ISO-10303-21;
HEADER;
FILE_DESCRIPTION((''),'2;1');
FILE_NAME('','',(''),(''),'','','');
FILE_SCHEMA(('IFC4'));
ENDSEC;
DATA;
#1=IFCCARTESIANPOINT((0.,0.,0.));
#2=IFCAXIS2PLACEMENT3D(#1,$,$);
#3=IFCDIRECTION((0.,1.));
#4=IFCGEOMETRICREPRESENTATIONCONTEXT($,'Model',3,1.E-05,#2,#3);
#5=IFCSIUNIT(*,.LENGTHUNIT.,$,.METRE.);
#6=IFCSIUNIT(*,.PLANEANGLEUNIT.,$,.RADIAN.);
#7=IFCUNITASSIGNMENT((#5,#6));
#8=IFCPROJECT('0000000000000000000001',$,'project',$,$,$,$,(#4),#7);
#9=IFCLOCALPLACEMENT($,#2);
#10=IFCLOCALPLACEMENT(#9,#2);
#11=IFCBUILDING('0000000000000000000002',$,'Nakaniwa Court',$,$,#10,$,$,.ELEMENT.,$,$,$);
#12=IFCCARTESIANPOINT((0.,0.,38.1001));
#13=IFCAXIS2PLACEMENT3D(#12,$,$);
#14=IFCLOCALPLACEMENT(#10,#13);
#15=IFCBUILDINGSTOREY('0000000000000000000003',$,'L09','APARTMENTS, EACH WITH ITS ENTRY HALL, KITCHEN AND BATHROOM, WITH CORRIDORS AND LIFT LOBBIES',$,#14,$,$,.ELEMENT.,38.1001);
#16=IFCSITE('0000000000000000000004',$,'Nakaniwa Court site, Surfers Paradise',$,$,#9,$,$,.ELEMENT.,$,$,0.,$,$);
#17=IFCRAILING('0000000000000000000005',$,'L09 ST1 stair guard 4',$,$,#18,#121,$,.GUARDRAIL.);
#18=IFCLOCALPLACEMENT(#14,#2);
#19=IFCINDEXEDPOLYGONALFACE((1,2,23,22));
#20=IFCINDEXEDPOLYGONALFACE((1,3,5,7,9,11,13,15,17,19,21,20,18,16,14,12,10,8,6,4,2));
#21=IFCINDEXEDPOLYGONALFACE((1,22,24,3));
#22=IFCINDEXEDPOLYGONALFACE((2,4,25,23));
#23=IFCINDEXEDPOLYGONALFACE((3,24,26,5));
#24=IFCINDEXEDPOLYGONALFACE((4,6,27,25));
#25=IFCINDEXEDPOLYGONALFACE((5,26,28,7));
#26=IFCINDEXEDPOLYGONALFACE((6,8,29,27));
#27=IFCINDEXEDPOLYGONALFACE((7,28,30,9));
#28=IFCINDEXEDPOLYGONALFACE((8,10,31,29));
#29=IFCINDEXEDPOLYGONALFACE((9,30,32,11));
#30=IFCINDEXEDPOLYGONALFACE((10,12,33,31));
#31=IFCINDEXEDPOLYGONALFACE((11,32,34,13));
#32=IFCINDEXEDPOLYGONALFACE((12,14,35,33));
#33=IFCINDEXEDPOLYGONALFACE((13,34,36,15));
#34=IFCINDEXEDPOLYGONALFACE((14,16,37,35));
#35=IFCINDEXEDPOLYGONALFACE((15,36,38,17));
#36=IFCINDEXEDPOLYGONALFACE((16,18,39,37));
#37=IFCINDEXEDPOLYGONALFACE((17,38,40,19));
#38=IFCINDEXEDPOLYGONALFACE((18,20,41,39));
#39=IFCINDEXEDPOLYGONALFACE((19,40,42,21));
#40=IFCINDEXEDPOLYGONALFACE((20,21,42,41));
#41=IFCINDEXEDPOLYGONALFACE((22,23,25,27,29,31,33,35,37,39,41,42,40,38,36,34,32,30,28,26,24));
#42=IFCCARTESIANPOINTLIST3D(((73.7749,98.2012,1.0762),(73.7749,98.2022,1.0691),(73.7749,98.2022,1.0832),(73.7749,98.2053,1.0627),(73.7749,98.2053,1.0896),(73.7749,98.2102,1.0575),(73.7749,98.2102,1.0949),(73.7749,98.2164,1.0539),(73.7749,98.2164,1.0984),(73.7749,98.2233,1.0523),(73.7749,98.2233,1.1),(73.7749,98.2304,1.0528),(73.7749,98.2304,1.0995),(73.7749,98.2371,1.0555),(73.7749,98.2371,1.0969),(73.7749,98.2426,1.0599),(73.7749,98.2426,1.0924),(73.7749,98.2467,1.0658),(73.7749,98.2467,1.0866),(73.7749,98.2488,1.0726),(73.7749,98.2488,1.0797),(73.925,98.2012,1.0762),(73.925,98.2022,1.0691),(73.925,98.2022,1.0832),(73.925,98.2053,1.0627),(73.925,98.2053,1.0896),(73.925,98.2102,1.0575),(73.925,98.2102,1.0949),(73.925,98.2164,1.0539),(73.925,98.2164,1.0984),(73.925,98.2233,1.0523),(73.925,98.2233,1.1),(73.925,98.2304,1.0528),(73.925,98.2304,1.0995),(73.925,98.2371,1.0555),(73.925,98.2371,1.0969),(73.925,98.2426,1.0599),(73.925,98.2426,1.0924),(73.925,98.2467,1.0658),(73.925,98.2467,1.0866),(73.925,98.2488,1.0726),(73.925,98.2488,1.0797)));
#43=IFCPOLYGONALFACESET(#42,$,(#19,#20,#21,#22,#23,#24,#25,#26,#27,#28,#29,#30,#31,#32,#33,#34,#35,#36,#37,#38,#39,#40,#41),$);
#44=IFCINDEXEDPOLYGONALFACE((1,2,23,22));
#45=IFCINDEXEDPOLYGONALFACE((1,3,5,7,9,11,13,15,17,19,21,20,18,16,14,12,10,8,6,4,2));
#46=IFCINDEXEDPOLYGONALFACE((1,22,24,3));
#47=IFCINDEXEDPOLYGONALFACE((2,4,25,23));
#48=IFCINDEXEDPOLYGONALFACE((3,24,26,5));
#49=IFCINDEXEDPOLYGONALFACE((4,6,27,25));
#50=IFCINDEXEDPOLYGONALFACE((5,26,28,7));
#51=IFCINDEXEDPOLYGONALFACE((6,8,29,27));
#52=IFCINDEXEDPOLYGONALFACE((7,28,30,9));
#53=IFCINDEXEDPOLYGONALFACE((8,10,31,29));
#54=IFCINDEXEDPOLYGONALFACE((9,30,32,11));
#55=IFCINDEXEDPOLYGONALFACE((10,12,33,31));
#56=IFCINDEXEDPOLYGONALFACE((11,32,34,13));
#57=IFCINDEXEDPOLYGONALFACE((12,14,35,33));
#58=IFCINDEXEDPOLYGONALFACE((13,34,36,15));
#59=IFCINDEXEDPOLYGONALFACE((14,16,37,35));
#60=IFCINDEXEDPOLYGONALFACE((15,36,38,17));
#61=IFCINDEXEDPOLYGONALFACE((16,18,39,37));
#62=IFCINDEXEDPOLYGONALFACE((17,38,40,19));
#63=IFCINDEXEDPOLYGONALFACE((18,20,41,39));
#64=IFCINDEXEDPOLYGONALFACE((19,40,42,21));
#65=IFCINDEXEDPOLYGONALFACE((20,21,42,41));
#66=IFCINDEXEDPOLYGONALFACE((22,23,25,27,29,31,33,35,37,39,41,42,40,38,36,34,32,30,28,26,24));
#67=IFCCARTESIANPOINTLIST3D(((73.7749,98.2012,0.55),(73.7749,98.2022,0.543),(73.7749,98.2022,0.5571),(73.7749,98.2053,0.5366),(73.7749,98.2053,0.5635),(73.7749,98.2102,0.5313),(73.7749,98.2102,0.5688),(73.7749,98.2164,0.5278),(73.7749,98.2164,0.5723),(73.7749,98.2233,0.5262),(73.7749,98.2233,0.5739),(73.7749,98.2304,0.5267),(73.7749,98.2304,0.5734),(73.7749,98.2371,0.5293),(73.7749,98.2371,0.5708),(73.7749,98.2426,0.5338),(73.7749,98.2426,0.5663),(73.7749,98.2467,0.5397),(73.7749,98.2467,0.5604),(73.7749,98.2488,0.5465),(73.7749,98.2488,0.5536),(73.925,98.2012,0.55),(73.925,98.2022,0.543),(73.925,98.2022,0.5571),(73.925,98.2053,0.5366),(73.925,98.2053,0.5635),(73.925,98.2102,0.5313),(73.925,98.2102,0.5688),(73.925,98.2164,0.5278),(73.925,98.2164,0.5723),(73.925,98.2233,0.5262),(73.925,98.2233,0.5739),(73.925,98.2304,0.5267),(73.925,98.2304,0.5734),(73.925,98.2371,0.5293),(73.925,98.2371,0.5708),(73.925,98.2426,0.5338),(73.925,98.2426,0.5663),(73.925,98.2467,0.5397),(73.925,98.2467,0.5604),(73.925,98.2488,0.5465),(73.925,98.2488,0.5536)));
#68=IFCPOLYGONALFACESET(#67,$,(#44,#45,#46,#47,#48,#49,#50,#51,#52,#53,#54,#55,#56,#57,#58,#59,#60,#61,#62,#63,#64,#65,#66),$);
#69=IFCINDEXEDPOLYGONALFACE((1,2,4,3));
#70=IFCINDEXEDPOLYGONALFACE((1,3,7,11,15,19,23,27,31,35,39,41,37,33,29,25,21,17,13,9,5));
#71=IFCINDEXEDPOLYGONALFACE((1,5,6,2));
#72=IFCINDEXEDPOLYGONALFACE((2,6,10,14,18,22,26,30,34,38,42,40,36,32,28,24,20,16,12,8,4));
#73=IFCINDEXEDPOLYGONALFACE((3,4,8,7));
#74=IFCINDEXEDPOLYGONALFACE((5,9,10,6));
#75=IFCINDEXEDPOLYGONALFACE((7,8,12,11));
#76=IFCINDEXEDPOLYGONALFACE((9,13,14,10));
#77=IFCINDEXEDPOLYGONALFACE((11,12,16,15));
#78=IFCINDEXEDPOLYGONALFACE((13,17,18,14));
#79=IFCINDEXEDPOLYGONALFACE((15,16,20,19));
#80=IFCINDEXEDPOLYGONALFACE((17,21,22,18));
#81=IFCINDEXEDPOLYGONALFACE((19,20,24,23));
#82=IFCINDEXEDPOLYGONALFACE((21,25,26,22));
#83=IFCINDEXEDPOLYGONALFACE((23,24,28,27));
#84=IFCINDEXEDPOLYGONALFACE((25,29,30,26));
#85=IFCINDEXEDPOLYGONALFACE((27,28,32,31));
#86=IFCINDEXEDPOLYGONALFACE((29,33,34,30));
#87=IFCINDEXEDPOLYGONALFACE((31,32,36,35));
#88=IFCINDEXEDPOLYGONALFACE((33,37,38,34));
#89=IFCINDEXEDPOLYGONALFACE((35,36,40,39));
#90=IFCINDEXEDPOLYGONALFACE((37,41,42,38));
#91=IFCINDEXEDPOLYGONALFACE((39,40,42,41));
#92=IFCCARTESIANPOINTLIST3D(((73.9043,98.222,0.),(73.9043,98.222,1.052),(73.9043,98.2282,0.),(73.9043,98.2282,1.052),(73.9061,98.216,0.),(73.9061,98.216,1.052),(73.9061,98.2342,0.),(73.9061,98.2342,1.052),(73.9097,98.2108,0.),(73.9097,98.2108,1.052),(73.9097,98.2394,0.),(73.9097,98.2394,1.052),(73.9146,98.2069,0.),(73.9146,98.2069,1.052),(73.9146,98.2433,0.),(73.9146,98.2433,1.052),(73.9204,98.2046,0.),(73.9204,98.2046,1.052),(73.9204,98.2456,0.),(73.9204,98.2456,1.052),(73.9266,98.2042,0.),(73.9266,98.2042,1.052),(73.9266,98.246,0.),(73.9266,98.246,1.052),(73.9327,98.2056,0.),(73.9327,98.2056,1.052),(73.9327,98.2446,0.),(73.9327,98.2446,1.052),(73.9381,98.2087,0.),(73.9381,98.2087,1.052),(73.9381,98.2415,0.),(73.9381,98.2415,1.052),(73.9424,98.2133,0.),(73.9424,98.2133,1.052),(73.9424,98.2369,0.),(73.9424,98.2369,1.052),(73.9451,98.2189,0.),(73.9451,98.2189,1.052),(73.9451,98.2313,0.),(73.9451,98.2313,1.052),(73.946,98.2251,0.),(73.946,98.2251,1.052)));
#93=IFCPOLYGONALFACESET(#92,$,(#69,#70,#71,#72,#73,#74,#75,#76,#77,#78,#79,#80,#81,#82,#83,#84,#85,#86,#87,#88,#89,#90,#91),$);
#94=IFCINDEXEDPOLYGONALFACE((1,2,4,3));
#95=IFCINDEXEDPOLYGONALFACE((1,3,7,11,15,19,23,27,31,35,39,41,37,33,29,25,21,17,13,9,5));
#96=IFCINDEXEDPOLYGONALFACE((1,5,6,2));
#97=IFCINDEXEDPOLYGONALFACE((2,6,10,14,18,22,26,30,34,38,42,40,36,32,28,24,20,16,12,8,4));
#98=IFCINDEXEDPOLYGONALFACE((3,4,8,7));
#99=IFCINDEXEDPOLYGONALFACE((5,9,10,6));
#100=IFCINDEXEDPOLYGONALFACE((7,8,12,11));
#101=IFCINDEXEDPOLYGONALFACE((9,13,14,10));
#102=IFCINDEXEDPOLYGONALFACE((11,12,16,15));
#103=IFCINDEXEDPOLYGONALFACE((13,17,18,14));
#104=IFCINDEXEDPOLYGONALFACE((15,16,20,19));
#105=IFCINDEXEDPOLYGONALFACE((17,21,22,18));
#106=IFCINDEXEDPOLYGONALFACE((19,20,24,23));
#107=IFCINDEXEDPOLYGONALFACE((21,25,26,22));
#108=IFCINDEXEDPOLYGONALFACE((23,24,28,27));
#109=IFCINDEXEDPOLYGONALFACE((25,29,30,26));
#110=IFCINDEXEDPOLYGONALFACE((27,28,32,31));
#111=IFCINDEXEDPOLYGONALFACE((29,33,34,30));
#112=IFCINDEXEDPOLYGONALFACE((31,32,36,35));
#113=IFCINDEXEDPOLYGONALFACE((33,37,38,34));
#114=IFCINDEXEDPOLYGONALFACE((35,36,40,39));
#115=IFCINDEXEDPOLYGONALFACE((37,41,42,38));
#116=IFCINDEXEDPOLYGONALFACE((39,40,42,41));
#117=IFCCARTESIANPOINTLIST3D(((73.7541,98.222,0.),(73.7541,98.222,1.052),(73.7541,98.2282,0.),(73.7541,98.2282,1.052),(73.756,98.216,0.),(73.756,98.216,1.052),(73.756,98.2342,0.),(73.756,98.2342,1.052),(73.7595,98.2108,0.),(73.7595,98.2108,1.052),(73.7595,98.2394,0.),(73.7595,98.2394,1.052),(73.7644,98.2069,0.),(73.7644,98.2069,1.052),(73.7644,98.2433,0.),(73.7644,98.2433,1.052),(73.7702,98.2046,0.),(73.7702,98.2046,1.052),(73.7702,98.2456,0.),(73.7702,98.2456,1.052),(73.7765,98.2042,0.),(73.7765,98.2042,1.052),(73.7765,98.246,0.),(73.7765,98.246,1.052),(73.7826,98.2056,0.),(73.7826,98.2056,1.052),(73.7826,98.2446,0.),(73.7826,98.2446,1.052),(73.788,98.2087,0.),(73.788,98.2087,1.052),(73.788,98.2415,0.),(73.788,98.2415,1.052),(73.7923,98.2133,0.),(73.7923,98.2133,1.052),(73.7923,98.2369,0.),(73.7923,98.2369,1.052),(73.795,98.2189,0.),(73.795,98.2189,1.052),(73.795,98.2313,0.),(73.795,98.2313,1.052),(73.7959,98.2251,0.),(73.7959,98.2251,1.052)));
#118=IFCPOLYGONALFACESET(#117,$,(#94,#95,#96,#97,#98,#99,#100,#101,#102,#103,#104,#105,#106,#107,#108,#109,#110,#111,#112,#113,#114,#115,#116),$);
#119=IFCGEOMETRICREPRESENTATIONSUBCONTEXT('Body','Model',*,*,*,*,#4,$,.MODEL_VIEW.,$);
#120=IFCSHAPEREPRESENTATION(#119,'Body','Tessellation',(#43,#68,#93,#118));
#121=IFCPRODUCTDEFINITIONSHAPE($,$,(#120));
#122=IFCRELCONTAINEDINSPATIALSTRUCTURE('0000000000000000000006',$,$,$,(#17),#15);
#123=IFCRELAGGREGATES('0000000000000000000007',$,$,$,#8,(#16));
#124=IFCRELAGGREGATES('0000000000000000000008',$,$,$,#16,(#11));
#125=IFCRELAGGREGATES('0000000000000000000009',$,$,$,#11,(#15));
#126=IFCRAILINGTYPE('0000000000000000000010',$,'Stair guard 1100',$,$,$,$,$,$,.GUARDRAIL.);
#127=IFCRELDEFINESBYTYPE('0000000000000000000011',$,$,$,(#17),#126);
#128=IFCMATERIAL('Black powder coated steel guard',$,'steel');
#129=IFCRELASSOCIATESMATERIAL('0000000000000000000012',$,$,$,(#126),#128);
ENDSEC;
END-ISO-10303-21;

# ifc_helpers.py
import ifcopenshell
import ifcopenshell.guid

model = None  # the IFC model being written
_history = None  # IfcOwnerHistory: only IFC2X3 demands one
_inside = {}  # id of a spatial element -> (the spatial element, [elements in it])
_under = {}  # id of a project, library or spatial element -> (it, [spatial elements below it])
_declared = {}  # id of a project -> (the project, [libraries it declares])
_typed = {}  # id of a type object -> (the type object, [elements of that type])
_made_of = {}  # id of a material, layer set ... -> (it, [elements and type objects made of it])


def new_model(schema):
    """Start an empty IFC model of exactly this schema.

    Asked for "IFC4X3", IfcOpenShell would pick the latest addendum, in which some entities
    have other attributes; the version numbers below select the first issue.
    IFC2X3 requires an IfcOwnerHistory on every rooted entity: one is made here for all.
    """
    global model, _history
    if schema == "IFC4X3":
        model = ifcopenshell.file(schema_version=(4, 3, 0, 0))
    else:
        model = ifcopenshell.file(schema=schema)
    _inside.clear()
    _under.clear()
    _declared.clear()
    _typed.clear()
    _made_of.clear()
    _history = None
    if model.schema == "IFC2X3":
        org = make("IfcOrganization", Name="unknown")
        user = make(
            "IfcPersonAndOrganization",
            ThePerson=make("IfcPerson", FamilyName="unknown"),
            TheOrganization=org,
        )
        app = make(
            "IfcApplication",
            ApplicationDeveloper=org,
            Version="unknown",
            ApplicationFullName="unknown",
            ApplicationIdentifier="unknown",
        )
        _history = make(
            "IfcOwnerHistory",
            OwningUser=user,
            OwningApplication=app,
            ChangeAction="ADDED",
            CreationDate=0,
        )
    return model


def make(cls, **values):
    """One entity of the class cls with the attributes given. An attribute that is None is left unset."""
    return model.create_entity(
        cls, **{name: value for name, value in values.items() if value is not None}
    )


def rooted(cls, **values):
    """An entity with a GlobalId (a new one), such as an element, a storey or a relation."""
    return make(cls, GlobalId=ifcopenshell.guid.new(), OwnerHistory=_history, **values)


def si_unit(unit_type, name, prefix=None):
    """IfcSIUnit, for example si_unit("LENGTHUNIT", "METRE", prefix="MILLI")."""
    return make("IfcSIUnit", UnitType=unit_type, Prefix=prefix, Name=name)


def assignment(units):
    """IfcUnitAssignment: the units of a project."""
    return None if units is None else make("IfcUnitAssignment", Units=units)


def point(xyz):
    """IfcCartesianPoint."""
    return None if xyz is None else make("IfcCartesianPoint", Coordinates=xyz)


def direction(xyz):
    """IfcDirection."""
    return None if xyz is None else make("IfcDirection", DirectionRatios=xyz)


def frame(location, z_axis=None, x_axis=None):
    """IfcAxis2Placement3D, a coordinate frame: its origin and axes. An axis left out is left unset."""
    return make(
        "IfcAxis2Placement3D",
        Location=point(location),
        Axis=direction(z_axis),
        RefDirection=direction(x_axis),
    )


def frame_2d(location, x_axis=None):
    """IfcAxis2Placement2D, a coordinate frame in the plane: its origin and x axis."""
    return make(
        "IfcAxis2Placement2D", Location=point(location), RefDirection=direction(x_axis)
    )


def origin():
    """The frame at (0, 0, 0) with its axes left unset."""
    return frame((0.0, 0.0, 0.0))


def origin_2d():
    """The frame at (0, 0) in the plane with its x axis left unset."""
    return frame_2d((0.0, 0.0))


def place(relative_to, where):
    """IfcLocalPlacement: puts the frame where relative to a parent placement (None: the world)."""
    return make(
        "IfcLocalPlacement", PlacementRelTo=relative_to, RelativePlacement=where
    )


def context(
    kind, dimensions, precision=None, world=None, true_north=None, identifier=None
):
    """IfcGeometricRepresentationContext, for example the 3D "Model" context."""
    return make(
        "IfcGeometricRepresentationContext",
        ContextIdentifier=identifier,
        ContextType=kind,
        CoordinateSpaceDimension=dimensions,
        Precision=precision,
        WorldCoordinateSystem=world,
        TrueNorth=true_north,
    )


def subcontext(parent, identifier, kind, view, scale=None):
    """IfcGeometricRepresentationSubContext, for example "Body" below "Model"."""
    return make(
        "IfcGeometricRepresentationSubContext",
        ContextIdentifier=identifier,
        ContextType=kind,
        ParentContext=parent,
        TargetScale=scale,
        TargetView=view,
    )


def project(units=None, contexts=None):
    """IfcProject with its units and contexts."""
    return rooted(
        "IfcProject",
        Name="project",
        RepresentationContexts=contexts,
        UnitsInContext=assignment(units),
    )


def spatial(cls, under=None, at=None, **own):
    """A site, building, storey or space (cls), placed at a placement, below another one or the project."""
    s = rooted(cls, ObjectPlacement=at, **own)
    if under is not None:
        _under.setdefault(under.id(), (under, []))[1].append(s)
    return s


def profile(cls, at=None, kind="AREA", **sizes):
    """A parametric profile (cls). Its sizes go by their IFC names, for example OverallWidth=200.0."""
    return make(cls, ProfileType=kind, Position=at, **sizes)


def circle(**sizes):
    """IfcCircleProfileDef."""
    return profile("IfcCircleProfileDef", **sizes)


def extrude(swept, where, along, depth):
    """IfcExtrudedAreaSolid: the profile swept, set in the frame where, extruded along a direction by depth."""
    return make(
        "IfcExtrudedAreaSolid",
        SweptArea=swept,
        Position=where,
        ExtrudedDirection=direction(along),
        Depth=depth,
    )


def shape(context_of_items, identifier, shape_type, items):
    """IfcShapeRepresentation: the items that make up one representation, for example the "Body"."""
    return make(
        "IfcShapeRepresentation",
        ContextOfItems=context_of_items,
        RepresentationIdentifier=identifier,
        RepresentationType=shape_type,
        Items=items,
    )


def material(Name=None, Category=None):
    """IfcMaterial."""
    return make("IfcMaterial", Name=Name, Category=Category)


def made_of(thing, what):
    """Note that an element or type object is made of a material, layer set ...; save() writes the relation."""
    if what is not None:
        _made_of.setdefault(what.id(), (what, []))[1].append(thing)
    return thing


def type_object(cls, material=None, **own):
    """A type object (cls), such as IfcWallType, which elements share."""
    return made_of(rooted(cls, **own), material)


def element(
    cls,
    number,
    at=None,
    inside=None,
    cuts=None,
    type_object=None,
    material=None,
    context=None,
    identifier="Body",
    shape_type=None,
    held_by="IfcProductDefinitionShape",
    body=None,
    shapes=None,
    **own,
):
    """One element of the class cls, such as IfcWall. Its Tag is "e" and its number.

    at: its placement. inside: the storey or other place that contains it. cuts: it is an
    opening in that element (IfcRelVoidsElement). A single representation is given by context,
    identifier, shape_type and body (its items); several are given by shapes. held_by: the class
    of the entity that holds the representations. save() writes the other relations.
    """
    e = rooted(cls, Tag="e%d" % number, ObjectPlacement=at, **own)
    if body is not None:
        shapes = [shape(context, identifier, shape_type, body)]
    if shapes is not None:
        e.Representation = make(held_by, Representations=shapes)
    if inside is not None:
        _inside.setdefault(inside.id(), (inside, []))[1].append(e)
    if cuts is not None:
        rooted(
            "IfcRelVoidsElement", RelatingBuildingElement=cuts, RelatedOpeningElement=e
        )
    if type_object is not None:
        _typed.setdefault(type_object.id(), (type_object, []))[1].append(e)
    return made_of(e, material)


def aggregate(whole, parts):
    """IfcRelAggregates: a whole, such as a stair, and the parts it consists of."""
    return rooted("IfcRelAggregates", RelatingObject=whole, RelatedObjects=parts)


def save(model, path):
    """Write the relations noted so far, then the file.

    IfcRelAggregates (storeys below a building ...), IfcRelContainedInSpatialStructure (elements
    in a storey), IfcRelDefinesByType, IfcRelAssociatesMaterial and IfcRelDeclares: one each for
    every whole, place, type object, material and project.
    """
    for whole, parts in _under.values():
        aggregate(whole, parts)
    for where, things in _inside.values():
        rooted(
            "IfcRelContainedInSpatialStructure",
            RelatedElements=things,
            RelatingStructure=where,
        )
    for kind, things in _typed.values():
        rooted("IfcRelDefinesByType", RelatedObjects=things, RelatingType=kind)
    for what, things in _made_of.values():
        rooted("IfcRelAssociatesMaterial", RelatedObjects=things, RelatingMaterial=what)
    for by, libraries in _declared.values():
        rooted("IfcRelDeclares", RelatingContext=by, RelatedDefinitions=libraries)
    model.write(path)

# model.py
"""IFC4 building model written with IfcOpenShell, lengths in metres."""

from ifc_helpers import new_model, si_unit, direction, frame, origin, origin_2d, place, context, subcontext, project, spatial, circle, extrude, material, type_object, element, save


model = new_model("IFC4")

# Units and contexts
model_context = context("Model", 3, precision=1e-05, world=origin(), true_north=direction((0.0, 1.0)))
body_context = subcontext(model_context, "Body", "Model", "MODEL_VIEW")
ifc_project = project(units=[si_unit("LENGTHUNIT", "METRE"), si_unit("PLANEANGLEUNIT", "RADIAN")], contexts=[model_context])

# Site, building, storey
site_placement = place(None, origin())
site = spatial("IfcSite", under=ifc_project, at=site_placement, Name="Nakaniwa Court site, Surfers Paradise", CompositionType="ELEMENT", RefElevation=0.0)
building_placement = place(site_placement, origin())
building = spatial("IfcBuilding", under=site, at=building_placement, Name="Nakaniwa Court", CompositionType="ELEMENT")
storey_placement = place(building_placement, frame((0.0, 0.0, 38.1001)))
storey = spatial("IfcBuildingStorey", under=building, at=storey_placement, Name="L09", Description="APARTMENTS, EACH WITH ITS ENTRY HALL, KITCHEN AND BATHROOM, WITH CORRIDORS AND LIFT LOBBIES", CompositionType="ELEMENT", Elevation=38.1001)

# Railing
ifc_material_1 = material(Name="Black powder coated steel guard", Category="steel")
railing_type_1 = type_object("IfcRailingType", Name="Stair guard 1100", PredefinedType="GUARDRAIL", material=ifc_material_1)
railing_1_placement = place(storey_placement, frame((73.925, 98.2251, 0.0)))
element("IfcRailing", 1, at=railing_1_placement, inside=storey, type_object=railing_type_1, Name="L09 ST1 stair guard 4", PredefinedType="GUARDRAIL", context=body_context, shape_type="SweptSolid", body=[
    extrude(circle(Radius=0.0239, at=origin_2d()), frame((0.0, 0.0, 1.0762), z_axis=(-1.0, 0.0, 0.0), x_axis=(0.0, -1.0, 0.0)), (0.0, 0.0, 1.0), 0.1501),
    extrude(circle(Radius=0.0239, at=origin_2d()), frame((0.0, 0.0, 0.55), z_axis=(-1.0, 0.0, 0.0), x_axis=(0.0, -1.0, 0.0)), (0.0, 0.0, 1.0), 0.1501),
    extrude(circle(Radius=0.021, at=origin_2d()), origin(), (0.0, 0.0, 1.0), 1.052),
    extrude(circle(Radius=0.021, at=origin_2d()), frame((-0.1501, 0.0, 0.0)), (0.0, 0.0, 1.0), 1.052),
])

save(model, "model.ifc")
